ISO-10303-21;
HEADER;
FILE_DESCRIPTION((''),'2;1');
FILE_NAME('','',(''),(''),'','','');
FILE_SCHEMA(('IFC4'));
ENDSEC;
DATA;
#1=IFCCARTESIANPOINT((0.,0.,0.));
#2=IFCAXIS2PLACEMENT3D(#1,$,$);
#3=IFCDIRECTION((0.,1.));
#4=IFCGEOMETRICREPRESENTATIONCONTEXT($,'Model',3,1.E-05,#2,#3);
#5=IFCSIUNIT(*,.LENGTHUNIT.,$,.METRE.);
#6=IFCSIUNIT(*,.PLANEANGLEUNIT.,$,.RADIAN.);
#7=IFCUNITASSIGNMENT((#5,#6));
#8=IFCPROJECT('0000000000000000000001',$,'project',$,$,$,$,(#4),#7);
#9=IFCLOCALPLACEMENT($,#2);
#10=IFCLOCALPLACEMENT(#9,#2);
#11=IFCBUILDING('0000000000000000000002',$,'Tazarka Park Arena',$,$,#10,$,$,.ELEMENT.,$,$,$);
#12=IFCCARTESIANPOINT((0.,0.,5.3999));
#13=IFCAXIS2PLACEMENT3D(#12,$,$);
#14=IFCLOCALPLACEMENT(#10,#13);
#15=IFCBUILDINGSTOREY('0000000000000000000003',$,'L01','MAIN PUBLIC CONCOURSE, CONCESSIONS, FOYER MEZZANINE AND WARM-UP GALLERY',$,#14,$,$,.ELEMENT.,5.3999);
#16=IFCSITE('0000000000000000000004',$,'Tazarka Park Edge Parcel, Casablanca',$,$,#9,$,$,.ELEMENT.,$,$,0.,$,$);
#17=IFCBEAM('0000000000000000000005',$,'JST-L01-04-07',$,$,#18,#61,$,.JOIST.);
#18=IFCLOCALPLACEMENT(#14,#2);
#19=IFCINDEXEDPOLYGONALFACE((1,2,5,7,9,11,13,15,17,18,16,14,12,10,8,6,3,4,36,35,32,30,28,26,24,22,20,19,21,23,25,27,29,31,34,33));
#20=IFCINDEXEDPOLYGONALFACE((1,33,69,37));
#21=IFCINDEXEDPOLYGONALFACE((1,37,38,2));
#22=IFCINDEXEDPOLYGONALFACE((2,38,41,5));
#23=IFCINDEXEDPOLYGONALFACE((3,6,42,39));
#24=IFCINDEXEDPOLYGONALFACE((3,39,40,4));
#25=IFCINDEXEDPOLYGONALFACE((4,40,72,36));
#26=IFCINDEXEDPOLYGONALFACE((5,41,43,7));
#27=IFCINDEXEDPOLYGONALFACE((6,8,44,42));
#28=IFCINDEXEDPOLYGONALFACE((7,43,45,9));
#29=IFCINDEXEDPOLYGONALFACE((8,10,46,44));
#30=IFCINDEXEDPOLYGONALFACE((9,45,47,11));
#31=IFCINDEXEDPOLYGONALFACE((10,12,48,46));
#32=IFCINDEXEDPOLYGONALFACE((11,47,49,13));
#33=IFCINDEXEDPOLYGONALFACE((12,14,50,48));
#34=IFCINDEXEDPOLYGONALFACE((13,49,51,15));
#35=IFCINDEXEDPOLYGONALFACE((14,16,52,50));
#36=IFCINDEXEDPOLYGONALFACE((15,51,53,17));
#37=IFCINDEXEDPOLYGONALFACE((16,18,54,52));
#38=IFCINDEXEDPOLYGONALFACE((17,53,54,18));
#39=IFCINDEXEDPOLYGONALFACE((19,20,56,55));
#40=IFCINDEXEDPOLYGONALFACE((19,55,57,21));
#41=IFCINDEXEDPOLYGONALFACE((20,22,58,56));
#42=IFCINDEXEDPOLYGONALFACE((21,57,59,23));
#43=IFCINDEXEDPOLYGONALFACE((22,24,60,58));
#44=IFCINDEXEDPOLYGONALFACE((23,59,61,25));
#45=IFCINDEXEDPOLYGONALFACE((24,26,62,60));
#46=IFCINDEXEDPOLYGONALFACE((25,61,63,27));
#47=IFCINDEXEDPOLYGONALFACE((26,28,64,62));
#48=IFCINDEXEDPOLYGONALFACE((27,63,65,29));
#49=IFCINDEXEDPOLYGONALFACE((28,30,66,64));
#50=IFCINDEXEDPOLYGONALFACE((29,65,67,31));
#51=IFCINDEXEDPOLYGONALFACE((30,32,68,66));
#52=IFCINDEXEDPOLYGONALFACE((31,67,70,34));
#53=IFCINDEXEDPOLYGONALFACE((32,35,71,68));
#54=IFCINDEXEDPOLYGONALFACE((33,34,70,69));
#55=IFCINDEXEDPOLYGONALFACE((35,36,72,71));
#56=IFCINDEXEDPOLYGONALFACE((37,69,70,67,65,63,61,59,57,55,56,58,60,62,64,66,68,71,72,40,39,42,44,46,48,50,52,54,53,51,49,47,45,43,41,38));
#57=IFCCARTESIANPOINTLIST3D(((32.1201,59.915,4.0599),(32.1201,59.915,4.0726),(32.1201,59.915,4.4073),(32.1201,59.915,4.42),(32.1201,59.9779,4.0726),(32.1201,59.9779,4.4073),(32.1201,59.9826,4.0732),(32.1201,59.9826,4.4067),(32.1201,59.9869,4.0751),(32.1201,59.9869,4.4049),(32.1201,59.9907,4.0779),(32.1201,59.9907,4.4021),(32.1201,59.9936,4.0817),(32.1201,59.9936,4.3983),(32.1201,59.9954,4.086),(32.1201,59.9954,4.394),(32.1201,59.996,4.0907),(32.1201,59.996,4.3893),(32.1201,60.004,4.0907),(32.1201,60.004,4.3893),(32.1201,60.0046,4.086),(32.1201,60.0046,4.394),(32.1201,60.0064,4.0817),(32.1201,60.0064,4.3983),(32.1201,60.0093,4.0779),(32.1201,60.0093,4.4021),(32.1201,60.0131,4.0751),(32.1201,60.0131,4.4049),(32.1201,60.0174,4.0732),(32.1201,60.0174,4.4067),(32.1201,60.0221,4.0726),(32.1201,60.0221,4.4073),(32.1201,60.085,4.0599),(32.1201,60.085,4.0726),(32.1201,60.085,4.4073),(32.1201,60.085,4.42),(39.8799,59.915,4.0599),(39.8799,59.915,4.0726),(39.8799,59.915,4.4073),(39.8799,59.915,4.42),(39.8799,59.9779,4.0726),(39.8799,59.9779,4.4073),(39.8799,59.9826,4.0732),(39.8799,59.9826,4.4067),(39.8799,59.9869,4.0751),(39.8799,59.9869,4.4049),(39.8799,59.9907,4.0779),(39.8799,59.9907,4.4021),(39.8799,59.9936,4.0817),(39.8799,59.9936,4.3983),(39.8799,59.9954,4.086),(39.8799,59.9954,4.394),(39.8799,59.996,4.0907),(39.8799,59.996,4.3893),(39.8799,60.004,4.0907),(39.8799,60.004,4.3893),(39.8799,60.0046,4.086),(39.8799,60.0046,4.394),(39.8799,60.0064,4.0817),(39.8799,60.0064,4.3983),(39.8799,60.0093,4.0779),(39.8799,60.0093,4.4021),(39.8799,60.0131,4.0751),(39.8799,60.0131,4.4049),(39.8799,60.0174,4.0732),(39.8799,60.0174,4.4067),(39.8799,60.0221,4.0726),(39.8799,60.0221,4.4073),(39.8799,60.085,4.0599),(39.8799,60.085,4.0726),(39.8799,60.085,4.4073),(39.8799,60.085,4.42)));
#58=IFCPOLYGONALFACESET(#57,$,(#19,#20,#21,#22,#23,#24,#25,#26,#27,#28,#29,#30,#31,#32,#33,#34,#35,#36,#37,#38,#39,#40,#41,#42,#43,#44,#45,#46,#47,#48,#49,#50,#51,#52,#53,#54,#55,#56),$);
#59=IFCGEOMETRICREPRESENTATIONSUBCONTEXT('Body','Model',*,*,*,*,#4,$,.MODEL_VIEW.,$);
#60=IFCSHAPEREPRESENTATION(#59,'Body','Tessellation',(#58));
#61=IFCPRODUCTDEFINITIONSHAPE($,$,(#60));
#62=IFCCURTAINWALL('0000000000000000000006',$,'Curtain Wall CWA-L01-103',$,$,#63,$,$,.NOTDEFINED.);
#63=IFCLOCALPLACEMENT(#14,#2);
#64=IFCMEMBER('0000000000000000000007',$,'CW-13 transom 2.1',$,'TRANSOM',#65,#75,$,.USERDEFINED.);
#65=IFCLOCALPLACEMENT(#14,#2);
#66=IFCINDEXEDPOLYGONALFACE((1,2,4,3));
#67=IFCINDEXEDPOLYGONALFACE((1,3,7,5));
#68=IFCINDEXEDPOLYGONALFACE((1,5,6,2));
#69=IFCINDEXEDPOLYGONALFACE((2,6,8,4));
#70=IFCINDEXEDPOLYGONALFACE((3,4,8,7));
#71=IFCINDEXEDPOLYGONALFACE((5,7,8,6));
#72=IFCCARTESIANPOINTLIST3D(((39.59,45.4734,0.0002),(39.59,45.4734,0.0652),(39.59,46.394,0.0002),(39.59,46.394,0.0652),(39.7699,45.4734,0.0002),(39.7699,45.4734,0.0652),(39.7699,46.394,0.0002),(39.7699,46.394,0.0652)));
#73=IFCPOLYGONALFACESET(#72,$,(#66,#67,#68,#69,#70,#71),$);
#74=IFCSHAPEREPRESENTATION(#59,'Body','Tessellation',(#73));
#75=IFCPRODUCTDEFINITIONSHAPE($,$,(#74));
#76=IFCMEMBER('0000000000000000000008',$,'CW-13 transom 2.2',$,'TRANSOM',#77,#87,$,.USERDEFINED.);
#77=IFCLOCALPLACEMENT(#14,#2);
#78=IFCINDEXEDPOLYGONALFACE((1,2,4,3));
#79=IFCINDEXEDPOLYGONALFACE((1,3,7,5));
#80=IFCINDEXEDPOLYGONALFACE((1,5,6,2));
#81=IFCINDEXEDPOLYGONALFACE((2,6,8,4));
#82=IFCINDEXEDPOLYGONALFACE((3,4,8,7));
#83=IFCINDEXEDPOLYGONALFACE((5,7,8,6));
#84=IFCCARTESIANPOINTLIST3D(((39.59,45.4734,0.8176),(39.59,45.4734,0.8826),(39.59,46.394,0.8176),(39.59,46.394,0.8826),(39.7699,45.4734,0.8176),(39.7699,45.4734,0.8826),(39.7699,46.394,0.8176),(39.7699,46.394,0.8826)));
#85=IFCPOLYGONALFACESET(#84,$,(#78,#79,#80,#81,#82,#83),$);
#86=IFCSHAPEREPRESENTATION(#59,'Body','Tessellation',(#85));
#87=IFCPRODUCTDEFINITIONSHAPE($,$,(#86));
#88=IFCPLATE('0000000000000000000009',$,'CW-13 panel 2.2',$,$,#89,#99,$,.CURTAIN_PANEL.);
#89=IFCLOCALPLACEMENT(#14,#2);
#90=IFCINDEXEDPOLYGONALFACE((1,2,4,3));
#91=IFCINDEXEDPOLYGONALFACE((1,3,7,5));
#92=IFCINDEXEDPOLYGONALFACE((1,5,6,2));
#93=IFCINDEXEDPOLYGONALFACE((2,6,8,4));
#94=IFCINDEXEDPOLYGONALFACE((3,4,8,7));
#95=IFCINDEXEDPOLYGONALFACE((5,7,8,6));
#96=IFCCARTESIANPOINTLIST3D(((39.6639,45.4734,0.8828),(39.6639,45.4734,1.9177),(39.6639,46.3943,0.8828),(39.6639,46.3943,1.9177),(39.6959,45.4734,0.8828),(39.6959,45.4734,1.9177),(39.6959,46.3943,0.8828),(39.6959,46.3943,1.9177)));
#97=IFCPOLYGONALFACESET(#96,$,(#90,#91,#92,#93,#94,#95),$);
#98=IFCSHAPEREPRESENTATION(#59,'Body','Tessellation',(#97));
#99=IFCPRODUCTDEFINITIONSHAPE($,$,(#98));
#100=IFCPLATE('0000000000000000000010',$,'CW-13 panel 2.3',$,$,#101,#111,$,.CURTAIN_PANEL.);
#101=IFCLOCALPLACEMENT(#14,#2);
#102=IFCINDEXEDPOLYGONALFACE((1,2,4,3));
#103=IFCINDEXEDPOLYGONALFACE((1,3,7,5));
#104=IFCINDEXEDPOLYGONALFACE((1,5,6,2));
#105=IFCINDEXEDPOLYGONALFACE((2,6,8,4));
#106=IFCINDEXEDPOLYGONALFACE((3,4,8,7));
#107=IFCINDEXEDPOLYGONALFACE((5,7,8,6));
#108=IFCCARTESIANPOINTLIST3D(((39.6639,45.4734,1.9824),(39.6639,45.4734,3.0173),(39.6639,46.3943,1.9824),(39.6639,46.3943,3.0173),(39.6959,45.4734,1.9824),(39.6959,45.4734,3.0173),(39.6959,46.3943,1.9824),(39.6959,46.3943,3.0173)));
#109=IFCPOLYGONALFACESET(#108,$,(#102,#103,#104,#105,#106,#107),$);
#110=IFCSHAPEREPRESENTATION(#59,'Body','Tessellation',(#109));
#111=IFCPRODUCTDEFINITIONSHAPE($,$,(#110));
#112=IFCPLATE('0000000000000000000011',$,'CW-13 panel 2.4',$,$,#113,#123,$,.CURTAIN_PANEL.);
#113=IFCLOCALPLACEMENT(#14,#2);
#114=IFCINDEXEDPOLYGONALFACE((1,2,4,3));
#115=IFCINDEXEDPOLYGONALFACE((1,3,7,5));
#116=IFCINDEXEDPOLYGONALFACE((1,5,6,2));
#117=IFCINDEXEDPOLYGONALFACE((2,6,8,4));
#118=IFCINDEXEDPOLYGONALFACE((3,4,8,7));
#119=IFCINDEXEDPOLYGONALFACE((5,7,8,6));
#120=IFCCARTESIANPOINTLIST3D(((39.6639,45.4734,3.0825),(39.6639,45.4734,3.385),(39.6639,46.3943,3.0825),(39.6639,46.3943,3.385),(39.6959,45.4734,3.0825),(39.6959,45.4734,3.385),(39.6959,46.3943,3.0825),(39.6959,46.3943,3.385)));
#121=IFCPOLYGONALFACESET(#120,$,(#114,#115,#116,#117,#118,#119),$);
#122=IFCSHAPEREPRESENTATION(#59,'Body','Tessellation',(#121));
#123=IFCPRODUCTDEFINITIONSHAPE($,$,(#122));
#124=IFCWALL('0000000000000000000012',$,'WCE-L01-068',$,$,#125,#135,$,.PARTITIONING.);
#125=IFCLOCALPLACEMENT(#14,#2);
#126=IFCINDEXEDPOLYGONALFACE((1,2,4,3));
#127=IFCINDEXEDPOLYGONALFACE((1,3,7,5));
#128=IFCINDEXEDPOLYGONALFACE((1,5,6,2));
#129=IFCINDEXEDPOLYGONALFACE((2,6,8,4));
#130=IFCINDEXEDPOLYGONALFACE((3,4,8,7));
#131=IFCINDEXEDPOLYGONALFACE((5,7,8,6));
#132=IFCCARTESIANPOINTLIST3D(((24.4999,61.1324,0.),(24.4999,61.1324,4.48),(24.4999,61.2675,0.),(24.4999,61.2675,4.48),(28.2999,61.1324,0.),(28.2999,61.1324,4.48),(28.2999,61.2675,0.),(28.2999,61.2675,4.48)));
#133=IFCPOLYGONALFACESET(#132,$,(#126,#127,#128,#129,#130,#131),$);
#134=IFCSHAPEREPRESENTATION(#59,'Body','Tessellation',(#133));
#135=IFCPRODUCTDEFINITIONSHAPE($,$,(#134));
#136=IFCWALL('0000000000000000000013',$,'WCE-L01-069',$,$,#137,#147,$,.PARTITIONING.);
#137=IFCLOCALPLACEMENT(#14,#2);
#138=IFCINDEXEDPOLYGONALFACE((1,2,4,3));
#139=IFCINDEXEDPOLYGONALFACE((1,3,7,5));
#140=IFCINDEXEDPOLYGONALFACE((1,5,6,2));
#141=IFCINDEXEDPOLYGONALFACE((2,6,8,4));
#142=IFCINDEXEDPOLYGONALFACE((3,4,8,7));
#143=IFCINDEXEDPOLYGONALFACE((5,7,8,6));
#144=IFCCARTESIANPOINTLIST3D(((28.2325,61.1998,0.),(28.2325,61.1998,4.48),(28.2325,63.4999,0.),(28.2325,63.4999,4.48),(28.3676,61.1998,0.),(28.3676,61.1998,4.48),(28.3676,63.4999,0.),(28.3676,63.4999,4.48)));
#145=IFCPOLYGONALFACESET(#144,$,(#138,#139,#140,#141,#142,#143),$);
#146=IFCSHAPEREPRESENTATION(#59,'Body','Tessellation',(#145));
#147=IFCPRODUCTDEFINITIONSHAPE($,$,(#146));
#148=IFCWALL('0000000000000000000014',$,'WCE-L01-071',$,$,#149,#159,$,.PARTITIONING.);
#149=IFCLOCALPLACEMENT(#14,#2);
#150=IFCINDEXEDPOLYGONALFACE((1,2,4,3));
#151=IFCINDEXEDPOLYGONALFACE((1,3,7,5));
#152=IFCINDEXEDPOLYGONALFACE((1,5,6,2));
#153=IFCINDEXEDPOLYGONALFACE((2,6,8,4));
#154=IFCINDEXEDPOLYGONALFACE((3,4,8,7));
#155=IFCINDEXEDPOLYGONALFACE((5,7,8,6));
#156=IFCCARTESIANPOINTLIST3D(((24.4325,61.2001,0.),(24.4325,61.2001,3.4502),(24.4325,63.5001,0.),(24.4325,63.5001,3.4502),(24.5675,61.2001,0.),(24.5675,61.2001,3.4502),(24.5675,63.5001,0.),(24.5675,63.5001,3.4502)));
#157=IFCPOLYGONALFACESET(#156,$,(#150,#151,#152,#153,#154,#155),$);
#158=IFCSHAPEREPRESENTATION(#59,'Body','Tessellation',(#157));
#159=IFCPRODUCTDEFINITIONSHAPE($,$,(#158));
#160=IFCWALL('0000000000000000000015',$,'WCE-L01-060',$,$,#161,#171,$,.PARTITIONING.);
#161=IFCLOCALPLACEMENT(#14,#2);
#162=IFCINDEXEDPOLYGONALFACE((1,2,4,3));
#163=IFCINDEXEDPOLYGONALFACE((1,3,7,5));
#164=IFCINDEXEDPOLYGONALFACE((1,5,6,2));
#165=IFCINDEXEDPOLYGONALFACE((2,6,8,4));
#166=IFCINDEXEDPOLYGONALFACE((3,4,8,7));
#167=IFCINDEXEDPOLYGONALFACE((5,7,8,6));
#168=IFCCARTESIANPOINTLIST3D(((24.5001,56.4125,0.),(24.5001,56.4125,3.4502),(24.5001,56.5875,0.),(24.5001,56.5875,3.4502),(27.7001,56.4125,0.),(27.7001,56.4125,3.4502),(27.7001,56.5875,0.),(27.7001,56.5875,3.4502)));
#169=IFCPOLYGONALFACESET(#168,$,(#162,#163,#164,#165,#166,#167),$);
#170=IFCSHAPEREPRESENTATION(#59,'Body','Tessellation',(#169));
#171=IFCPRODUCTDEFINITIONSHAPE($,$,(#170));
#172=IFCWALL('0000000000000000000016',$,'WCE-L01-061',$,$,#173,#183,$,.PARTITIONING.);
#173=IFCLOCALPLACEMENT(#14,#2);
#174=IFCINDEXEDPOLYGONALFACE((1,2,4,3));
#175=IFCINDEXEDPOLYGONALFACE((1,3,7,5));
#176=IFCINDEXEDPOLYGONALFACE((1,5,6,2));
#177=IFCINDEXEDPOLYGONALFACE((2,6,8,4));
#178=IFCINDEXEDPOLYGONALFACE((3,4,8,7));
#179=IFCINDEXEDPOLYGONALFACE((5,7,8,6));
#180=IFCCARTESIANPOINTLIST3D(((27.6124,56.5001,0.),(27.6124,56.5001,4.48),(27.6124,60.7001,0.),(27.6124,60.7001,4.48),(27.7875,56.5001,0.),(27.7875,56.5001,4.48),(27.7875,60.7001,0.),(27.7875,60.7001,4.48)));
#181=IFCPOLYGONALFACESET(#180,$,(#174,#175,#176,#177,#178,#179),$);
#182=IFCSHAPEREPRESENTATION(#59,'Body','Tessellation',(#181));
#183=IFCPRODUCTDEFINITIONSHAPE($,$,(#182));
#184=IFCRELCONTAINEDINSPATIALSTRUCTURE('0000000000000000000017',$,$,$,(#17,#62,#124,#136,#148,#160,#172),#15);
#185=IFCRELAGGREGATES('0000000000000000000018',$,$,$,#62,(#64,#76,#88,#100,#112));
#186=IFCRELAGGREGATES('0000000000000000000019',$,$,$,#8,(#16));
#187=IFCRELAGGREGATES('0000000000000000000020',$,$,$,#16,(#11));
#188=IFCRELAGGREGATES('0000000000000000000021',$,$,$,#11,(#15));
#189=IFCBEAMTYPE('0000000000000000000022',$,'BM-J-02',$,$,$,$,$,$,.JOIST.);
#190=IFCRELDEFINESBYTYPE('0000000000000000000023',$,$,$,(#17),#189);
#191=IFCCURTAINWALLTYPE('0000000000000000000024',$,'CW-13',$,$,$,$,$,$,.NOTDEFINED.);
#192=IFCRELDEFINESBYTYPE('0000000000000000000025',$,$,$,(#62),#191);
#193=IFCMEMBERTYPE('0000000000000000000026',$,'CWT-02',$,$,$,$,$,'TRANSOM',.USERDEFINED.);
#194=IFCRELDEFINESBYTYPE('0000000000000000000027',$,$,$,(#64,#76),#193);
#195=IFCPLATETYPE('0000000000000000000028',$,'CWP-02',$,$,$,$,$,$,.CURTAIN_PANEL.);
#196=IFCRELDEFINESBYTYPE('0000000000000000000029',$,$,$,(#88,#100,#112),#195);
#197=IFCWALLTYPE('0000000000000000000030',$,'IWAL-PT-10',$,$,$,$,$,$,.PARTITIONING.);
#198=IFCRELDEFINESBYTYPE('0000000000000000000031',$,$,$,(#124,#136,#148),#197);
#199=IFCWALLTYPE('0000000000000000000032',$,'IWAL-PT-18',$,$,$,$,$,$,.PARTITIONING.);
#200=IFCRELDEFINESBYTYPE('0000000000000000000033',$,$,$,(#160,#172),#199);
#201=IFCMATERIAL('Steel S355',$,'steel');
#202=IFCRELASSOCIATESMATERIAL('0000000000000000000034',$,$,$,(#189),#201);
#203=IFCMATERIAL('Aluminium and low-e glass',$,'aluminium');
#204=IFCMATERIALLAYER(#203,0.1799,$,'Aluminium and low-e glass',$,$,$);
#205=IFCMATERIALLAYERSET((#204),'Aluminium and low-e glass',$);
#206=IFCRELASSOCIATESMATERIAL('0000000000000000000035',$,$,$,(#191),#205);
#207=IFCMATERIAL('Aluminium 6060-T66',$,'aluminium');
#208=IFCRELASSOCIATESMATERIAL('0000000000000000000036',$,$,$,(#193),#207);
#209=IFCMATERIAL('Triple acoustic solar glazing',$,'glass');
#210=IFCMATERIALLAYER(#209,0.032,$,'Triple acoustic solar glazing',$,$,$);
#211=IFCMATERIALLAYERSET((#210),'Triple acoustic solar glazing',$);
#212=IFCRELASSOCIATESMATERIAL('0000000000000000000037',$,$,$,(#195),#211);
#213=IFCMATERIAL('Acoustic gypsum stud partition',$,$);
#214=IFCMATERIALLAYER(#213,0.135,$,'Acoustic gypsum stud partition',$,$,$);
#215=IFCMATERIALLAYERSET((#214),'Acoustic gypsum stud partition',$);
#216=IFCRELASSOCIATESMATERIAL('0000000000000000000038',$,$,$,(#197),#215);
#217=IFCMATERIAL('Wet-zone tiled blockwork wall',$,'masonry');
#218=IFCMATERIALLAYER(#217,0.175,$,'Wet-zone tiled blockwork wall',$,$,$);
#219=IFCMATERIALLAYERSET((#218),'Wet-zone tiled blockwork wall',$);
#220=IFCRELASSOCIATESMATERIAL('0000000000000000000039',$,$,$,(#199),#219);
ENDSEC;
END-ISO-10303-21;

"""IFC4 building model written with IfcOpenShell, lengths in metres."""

from ifc_helpers import new_model, si_unit, direction, frame, frame_2d, origin, origin_2d, place, context, subcontext, project, spatial, rectangle, i_section, extrude, material, layer, layer_set, material_profile, profile_set, type_object, element, aggregate, save


model = new_model("IFC4")

# Units and contexts
model_context = context("Model", 3, precision=1e-05, world=origin(), true_north=direction((0.0, 1.0)))
body_context = subcontext(model_context, "Body", "Model", "MODEL_VIEW")
ifc_project = project(units=[si_unit("LENGTHUNIT", "METRE"), si_unit("PLANEANGLEUNIT", "RADIAN")], contexts=[model_context])

# Site, building, storey
site_placement = place(None, origin())
site = spatial("IfcSite", under=ifc_project, at=site_placement, Name="Tazarka Park Edge Parcel, Casablanca", CompositionType="ELEMENT", RefElevation=0.0)
building_placement = place(site_placement, origin())
building = spatial("IfcBuilding", under=site, at=building_placement, Name="Tazarka Park Arena", CompositionType="ELEMENT")
storey_placement = place(building_placement, frame((0.0, 0.0, 5.3999)))
storey = spatial("IfcBuildingStorey", under=building, at=storey_placement, Name="L01", Description="MAIN PUBLIC CONCOURSE, CONCESSIONS, FOYER MEZZANINE AND WARM-UP GALLERY", CompositionType="ELEMENT", Elevation=5.3999)

# Beam
ifc_material_1 = material(Name="Steel S355", Category="steel")
ifc_material_profile_1 = material_profile(ifc_material_1, i_section(OverallWidth=0.1699, OverallDepth=0.3601, WebThickness=0.0081, FlangeThickness=0.0127, FilletRadius=0.0181, at=origin_2d()), Name="Steel S355")
ifc_profile_set_1 = profile_set([ifc_material_profile_1], Name="Steel S355")
beam_type_1 = type_object("IfcBeamType", Name="BM-J-02", PredefinedType="JOIST", material=ifc_profile_set_1)
beam_placement = place(storey_placement, frame((32.1201, 60.0, 4.24), z_axis=(1.0, 0.0, 0.0), x_axis=(0.0, 1.0, 0.0)))
element("IfcBeam", 1, at=beam_placement, inside=storey, type_object=beam_type_1, Name="JST-L01-04-07", PredefinedType="JOIST", context=body_context, shape_type="SweptSolid", body=[
    extrude(i_section(OverallWidth=0.1699, OverallDepth=0.3601, WebThickness=0.0081, FlangeThickness=0.0127, FilletRadius=0.0181, at=origin_2d()), origin(), (0.0, 0.0, 1.0), 7.7598),
])

# Curtain wall, members, plates
ifc_material_2 = material(Name="Aluminium and low-e glass", Category="aluminium")
ifc_layer_1 = layer(ifc_material_2, 0.1799, Name="Aluminium and low-e glass")
ifc_layer_set_1 = layer_set([ifc_layer_1], Name="Aluminium and low-e glass")
curtain_wall_type = type_object("IfcCurtainWallType", Name="CW-13", PredefinedType="NOTDEFINED", material=ifc_layer_set_1)
curtain_wall_placement = place(storey_placement, origin())
curtain_wall = element("IfcCurtainWall", 2, at=curtain_wall_placement, inside=storey, type_object=curtain_wall_type, Name="Curtain Wall CWA-L01-103", PredefinedType="NOTDEFINED")
ifc_material_3 = material(Name="Aluminium 6060-T66", Category="aluminium")
ifc_material_profile_2 = material_profile(ifc_material_3, rectangle(XDim=0.1799, YDim=0.0649, at=origin_2d()), Name="Aluminium 6060-T66")
ifc_profile_set_2 = profile_set([ifc_material_profile_2], Name="Aluminium 6060-T66")
member_type = type_object("IfcMemberType", Name="CWT-02", ElementType="TRANSOM", PredefinedType="USERDEFINED", material=ifc_profile_set_2)
member_1_placement = place(storey_placement, frame((39.6799, 46.394, 0.0327), z_axis=(0.0, -1.0, 0.0), x_axis=(1.0, 0.0, 0.0)))
member_1 = element("IfcMember", 3, at=member_1_placement, type_object=member_type, Name="CW-13 transom 2.1", ObjectType="TRANSOM", PredefinedType="USERDEFINED", context=body_context, shape_type="SweptSolid", body=[
    extrude(rectangle(XDim=0.1799, YDim=0.0649, at=origin_2d()), origin(), (0.0, 0.0, 1.0), 0.9207),
])
member_2_placement = place(storey_placement, frame((39.6799, 46.394, 0.8501), z_axis=(0.0, -1.0, 0.0), x_axis=(1.0, 0.0, 0.0)))
member_2 = element("IfcMember", 4, at=member_2_placement, type_object=member_type, Name="CW-13 transom 2.2", ObjectType="TRANSOM", PredefinedType="USERDEFINED", context=body_context, shape_type="SweptSolid", body=[
    extrude(rectangle(XDim=0.1799, YDim=0.0649, at=origin_2d()), origin(), (0.0, 0.0, 1.0), 0.9207),
])
ifc_material_4 = material(Name="Triple acoustic solar glazing", Category="glass")
ifc_layer_2 = layer(ifc_material_4, 0.032, Name="Triple acoustic solar glazing")
ifc_layer_set_2 = layer_set([ifc_layer_2], Name="Triple acoustic solar glazing")
plate_type = type_object("IfcPlateType", Name="CWP-02", PredefinedType="CURTAIN_PANEL", material=ifc_layer_set_2)
plate_1_placement = place(storey_placement, frame((39.6799, 45.9338, 0.8828), z_axis=(0.0, 0.0, 1.0), x_axis=(0.0, -1.0, 0.0)))
plate_1 = element("IfcPlate", 5, at=plate_1_placement, type_object=plate_type, Name="CW-13 panel 2.2", PredefinedType="CURTAIN_PANEL", context=body_context, shape_type="SweptSolid", body=[
    extrude(rectangle(XDim=0.9209, YDim=0.032, at=origin_2d()), origin(), (0.0, 0.0, 1.0), 1.0349),
])
plate_2_placement = place(storey_placement, frame((39.6799, 45.9338, 1.9824), z_axis=(0.0, 0.0, 1.0), x_axis=(0.0, -1.0, 0.0)))
plate_2 = element("IfcPlate", 6, at=plate_2_placement, type_object=plate_type, Name="CW-13 panel 2.3", PredefinedType="CURTAIN_PANEL", context=body_context, shape_type="SweptSolid", body=[
    extrude(rectangle(XDim=0.9209, YDim=0.032, at=origin_2d()), origin(), (0.0, 0.0, 1.0), 1.0349),
])
plate_3_placement = place(storey_placement, frame((39.6799, 45.9338, 3.0825), z_axis=(0.0, 0.0, 1.0), x_axis=(0.0, -1.0, 0.0)))
plate_3 = element("IfcPlate", 7, at=plate_3_placement, type_object=plate_type, Name="CW-13 panel 2.4", PredefinedType="CURTAIN_PANEL", context=body_context, shape_type="SweptSolid", body=[
    extrude(rectangle(XDim=0.9209, YDim=0.032, at=origin_2d()), origin(), (0.0, 0.0, 1.0), 0.3025),
])
aggregate(curtain_wall, [member_1, member_2, plate_1, plate_2, plate_3])

# Walls
ifc_material_5 = material(Name="Acoustic gypsum stud partition")
ifc_layer_3 = layer(ifc_material_5, 0.135, Name="Acoustic gypsum stud partition")
ifc_layer_set_3 = layer_set([ifc_layer_3], Name="Acoustic gypsum stud partition")
wall_type_1 = type_object("IfcWallType", Name="IWAL-PT-10", PredefinedType="PARTITIONING", material=ifc_layer_set_3)
wall_1_placement = place(storey_placement, frame((24.5, 61.2, 0.0), z_axis=(0.0, 0.0, 1.0), x_axis=(1.0, 0.0, 0.0)))
element("IfcWall", 8, at=wall_1_placement, inside=storey, type_object=wall_type_1, Name="WCE-L01-068", PredefinedType="PARTITIONING", context=body_context, shape_type="SweptSolid", body=[
    extrude(rectangle(XDim=3.8, YDim=0.135, at=frame_2d((1.8999, 0.0))), origin(), (0.0, 0.0, 1.0), 4.48),
])
wall_2_placement = place(storey_placement, frame((28.3, 61.2, 0.0), z_axis=(0.0, 0.0, 1.0), x_axis=(0.0, 1.0, 0.0)))
element("IfcWall", 9, at=wall_2_placement, inside=storey, type_object=wall_type_1, Name="WCE-L01-069", PredefinedType="PARTITIONING", context=body_context, shape_type="SweptSolid", body=[
    extrude(rectangle(XDim=2.3, YDim=0.135, at=frame_2d((1.1499, 0.0))), origin(), (0.0, 0.0, 1.0), 4.48),
])
wall_3_placement = place(storey_placement, frame((24.5, 63.5, 0.0), z_axis=(0.0, 0.0, 1.0), x_axis=(0.0, -1.0, 0.0)))
element("IfcWall", 10, at=wall_3_placement, inside=storey, type_object=wall_type_1, Name="WCE-L01-071", PredefinedType="PARTITIONING", context=body_context, shape_type="SweptSolid", body=[
    extrude(rectangle(XDim=2.3, YDim=0.135, at=frame_2d((1.1499, 0.0))), origin(), (0.0, 0.0, 1.0), 3.4502),
])
ifc_material_6 = material(Name="Wet-zone tiled blockwork wall", Category="masonry")
ifc_layer_4 = layer(ifc_material_6, 0.175, Name="Wet-zone tiled blockwork wall")
ifc_layer_set_4 = layer_set([ifc_layer_4], Name="Wet-zone tiled blockwork wall")
wall_type_2 = type_object("IfcWallType", Name="IWAL-PT-18", PredefinedType="PARTITIONING", material=ifc_layer_set_4)
wall_4_placement = place(storey_placement, frame((24.5, 56.5, 0.0), z_axis=(0.0, 0.0, 1.0), x_axis=(1.0, 0.0, 0.0)))
element("IfcWall", 11, at=wall_4_placement, inside=storey, type_object=wall_type_2, Name="WCE-L01-060", PredefinedType="PARTITIONING", context=body_context, shape_type="SweptSolid", body=[
    extrude(rectangle(XDim=3.2, YDim=0.175, at=frame_2d((1.6001, 0.0))), origin(), (0.0, 0.0, 1.0), 3.4502),
])
wall_5_placement = place(storey_placement, frame((27.7, 56.5, 0.0), z_axis=(0.0, 0.0, 1.0), x_axis=(0.0, 1.0, 0.0)))
element("IfcWall", 12, at=wall_5_placement, inside=storey, type_object=wall_type_2, Name="WCE-L01-061", PredefinedType="PARTITIONING", context=body_context, shape_type="SweptSolid", body=[
    extrude(rectangle(XDim=4.2, YDim=0.175, at=frame_2d((2.1001, 0.0))), origin(), (0.0, 0.0, 1.0), 4.48),
])

save(model, "model.ifc")
